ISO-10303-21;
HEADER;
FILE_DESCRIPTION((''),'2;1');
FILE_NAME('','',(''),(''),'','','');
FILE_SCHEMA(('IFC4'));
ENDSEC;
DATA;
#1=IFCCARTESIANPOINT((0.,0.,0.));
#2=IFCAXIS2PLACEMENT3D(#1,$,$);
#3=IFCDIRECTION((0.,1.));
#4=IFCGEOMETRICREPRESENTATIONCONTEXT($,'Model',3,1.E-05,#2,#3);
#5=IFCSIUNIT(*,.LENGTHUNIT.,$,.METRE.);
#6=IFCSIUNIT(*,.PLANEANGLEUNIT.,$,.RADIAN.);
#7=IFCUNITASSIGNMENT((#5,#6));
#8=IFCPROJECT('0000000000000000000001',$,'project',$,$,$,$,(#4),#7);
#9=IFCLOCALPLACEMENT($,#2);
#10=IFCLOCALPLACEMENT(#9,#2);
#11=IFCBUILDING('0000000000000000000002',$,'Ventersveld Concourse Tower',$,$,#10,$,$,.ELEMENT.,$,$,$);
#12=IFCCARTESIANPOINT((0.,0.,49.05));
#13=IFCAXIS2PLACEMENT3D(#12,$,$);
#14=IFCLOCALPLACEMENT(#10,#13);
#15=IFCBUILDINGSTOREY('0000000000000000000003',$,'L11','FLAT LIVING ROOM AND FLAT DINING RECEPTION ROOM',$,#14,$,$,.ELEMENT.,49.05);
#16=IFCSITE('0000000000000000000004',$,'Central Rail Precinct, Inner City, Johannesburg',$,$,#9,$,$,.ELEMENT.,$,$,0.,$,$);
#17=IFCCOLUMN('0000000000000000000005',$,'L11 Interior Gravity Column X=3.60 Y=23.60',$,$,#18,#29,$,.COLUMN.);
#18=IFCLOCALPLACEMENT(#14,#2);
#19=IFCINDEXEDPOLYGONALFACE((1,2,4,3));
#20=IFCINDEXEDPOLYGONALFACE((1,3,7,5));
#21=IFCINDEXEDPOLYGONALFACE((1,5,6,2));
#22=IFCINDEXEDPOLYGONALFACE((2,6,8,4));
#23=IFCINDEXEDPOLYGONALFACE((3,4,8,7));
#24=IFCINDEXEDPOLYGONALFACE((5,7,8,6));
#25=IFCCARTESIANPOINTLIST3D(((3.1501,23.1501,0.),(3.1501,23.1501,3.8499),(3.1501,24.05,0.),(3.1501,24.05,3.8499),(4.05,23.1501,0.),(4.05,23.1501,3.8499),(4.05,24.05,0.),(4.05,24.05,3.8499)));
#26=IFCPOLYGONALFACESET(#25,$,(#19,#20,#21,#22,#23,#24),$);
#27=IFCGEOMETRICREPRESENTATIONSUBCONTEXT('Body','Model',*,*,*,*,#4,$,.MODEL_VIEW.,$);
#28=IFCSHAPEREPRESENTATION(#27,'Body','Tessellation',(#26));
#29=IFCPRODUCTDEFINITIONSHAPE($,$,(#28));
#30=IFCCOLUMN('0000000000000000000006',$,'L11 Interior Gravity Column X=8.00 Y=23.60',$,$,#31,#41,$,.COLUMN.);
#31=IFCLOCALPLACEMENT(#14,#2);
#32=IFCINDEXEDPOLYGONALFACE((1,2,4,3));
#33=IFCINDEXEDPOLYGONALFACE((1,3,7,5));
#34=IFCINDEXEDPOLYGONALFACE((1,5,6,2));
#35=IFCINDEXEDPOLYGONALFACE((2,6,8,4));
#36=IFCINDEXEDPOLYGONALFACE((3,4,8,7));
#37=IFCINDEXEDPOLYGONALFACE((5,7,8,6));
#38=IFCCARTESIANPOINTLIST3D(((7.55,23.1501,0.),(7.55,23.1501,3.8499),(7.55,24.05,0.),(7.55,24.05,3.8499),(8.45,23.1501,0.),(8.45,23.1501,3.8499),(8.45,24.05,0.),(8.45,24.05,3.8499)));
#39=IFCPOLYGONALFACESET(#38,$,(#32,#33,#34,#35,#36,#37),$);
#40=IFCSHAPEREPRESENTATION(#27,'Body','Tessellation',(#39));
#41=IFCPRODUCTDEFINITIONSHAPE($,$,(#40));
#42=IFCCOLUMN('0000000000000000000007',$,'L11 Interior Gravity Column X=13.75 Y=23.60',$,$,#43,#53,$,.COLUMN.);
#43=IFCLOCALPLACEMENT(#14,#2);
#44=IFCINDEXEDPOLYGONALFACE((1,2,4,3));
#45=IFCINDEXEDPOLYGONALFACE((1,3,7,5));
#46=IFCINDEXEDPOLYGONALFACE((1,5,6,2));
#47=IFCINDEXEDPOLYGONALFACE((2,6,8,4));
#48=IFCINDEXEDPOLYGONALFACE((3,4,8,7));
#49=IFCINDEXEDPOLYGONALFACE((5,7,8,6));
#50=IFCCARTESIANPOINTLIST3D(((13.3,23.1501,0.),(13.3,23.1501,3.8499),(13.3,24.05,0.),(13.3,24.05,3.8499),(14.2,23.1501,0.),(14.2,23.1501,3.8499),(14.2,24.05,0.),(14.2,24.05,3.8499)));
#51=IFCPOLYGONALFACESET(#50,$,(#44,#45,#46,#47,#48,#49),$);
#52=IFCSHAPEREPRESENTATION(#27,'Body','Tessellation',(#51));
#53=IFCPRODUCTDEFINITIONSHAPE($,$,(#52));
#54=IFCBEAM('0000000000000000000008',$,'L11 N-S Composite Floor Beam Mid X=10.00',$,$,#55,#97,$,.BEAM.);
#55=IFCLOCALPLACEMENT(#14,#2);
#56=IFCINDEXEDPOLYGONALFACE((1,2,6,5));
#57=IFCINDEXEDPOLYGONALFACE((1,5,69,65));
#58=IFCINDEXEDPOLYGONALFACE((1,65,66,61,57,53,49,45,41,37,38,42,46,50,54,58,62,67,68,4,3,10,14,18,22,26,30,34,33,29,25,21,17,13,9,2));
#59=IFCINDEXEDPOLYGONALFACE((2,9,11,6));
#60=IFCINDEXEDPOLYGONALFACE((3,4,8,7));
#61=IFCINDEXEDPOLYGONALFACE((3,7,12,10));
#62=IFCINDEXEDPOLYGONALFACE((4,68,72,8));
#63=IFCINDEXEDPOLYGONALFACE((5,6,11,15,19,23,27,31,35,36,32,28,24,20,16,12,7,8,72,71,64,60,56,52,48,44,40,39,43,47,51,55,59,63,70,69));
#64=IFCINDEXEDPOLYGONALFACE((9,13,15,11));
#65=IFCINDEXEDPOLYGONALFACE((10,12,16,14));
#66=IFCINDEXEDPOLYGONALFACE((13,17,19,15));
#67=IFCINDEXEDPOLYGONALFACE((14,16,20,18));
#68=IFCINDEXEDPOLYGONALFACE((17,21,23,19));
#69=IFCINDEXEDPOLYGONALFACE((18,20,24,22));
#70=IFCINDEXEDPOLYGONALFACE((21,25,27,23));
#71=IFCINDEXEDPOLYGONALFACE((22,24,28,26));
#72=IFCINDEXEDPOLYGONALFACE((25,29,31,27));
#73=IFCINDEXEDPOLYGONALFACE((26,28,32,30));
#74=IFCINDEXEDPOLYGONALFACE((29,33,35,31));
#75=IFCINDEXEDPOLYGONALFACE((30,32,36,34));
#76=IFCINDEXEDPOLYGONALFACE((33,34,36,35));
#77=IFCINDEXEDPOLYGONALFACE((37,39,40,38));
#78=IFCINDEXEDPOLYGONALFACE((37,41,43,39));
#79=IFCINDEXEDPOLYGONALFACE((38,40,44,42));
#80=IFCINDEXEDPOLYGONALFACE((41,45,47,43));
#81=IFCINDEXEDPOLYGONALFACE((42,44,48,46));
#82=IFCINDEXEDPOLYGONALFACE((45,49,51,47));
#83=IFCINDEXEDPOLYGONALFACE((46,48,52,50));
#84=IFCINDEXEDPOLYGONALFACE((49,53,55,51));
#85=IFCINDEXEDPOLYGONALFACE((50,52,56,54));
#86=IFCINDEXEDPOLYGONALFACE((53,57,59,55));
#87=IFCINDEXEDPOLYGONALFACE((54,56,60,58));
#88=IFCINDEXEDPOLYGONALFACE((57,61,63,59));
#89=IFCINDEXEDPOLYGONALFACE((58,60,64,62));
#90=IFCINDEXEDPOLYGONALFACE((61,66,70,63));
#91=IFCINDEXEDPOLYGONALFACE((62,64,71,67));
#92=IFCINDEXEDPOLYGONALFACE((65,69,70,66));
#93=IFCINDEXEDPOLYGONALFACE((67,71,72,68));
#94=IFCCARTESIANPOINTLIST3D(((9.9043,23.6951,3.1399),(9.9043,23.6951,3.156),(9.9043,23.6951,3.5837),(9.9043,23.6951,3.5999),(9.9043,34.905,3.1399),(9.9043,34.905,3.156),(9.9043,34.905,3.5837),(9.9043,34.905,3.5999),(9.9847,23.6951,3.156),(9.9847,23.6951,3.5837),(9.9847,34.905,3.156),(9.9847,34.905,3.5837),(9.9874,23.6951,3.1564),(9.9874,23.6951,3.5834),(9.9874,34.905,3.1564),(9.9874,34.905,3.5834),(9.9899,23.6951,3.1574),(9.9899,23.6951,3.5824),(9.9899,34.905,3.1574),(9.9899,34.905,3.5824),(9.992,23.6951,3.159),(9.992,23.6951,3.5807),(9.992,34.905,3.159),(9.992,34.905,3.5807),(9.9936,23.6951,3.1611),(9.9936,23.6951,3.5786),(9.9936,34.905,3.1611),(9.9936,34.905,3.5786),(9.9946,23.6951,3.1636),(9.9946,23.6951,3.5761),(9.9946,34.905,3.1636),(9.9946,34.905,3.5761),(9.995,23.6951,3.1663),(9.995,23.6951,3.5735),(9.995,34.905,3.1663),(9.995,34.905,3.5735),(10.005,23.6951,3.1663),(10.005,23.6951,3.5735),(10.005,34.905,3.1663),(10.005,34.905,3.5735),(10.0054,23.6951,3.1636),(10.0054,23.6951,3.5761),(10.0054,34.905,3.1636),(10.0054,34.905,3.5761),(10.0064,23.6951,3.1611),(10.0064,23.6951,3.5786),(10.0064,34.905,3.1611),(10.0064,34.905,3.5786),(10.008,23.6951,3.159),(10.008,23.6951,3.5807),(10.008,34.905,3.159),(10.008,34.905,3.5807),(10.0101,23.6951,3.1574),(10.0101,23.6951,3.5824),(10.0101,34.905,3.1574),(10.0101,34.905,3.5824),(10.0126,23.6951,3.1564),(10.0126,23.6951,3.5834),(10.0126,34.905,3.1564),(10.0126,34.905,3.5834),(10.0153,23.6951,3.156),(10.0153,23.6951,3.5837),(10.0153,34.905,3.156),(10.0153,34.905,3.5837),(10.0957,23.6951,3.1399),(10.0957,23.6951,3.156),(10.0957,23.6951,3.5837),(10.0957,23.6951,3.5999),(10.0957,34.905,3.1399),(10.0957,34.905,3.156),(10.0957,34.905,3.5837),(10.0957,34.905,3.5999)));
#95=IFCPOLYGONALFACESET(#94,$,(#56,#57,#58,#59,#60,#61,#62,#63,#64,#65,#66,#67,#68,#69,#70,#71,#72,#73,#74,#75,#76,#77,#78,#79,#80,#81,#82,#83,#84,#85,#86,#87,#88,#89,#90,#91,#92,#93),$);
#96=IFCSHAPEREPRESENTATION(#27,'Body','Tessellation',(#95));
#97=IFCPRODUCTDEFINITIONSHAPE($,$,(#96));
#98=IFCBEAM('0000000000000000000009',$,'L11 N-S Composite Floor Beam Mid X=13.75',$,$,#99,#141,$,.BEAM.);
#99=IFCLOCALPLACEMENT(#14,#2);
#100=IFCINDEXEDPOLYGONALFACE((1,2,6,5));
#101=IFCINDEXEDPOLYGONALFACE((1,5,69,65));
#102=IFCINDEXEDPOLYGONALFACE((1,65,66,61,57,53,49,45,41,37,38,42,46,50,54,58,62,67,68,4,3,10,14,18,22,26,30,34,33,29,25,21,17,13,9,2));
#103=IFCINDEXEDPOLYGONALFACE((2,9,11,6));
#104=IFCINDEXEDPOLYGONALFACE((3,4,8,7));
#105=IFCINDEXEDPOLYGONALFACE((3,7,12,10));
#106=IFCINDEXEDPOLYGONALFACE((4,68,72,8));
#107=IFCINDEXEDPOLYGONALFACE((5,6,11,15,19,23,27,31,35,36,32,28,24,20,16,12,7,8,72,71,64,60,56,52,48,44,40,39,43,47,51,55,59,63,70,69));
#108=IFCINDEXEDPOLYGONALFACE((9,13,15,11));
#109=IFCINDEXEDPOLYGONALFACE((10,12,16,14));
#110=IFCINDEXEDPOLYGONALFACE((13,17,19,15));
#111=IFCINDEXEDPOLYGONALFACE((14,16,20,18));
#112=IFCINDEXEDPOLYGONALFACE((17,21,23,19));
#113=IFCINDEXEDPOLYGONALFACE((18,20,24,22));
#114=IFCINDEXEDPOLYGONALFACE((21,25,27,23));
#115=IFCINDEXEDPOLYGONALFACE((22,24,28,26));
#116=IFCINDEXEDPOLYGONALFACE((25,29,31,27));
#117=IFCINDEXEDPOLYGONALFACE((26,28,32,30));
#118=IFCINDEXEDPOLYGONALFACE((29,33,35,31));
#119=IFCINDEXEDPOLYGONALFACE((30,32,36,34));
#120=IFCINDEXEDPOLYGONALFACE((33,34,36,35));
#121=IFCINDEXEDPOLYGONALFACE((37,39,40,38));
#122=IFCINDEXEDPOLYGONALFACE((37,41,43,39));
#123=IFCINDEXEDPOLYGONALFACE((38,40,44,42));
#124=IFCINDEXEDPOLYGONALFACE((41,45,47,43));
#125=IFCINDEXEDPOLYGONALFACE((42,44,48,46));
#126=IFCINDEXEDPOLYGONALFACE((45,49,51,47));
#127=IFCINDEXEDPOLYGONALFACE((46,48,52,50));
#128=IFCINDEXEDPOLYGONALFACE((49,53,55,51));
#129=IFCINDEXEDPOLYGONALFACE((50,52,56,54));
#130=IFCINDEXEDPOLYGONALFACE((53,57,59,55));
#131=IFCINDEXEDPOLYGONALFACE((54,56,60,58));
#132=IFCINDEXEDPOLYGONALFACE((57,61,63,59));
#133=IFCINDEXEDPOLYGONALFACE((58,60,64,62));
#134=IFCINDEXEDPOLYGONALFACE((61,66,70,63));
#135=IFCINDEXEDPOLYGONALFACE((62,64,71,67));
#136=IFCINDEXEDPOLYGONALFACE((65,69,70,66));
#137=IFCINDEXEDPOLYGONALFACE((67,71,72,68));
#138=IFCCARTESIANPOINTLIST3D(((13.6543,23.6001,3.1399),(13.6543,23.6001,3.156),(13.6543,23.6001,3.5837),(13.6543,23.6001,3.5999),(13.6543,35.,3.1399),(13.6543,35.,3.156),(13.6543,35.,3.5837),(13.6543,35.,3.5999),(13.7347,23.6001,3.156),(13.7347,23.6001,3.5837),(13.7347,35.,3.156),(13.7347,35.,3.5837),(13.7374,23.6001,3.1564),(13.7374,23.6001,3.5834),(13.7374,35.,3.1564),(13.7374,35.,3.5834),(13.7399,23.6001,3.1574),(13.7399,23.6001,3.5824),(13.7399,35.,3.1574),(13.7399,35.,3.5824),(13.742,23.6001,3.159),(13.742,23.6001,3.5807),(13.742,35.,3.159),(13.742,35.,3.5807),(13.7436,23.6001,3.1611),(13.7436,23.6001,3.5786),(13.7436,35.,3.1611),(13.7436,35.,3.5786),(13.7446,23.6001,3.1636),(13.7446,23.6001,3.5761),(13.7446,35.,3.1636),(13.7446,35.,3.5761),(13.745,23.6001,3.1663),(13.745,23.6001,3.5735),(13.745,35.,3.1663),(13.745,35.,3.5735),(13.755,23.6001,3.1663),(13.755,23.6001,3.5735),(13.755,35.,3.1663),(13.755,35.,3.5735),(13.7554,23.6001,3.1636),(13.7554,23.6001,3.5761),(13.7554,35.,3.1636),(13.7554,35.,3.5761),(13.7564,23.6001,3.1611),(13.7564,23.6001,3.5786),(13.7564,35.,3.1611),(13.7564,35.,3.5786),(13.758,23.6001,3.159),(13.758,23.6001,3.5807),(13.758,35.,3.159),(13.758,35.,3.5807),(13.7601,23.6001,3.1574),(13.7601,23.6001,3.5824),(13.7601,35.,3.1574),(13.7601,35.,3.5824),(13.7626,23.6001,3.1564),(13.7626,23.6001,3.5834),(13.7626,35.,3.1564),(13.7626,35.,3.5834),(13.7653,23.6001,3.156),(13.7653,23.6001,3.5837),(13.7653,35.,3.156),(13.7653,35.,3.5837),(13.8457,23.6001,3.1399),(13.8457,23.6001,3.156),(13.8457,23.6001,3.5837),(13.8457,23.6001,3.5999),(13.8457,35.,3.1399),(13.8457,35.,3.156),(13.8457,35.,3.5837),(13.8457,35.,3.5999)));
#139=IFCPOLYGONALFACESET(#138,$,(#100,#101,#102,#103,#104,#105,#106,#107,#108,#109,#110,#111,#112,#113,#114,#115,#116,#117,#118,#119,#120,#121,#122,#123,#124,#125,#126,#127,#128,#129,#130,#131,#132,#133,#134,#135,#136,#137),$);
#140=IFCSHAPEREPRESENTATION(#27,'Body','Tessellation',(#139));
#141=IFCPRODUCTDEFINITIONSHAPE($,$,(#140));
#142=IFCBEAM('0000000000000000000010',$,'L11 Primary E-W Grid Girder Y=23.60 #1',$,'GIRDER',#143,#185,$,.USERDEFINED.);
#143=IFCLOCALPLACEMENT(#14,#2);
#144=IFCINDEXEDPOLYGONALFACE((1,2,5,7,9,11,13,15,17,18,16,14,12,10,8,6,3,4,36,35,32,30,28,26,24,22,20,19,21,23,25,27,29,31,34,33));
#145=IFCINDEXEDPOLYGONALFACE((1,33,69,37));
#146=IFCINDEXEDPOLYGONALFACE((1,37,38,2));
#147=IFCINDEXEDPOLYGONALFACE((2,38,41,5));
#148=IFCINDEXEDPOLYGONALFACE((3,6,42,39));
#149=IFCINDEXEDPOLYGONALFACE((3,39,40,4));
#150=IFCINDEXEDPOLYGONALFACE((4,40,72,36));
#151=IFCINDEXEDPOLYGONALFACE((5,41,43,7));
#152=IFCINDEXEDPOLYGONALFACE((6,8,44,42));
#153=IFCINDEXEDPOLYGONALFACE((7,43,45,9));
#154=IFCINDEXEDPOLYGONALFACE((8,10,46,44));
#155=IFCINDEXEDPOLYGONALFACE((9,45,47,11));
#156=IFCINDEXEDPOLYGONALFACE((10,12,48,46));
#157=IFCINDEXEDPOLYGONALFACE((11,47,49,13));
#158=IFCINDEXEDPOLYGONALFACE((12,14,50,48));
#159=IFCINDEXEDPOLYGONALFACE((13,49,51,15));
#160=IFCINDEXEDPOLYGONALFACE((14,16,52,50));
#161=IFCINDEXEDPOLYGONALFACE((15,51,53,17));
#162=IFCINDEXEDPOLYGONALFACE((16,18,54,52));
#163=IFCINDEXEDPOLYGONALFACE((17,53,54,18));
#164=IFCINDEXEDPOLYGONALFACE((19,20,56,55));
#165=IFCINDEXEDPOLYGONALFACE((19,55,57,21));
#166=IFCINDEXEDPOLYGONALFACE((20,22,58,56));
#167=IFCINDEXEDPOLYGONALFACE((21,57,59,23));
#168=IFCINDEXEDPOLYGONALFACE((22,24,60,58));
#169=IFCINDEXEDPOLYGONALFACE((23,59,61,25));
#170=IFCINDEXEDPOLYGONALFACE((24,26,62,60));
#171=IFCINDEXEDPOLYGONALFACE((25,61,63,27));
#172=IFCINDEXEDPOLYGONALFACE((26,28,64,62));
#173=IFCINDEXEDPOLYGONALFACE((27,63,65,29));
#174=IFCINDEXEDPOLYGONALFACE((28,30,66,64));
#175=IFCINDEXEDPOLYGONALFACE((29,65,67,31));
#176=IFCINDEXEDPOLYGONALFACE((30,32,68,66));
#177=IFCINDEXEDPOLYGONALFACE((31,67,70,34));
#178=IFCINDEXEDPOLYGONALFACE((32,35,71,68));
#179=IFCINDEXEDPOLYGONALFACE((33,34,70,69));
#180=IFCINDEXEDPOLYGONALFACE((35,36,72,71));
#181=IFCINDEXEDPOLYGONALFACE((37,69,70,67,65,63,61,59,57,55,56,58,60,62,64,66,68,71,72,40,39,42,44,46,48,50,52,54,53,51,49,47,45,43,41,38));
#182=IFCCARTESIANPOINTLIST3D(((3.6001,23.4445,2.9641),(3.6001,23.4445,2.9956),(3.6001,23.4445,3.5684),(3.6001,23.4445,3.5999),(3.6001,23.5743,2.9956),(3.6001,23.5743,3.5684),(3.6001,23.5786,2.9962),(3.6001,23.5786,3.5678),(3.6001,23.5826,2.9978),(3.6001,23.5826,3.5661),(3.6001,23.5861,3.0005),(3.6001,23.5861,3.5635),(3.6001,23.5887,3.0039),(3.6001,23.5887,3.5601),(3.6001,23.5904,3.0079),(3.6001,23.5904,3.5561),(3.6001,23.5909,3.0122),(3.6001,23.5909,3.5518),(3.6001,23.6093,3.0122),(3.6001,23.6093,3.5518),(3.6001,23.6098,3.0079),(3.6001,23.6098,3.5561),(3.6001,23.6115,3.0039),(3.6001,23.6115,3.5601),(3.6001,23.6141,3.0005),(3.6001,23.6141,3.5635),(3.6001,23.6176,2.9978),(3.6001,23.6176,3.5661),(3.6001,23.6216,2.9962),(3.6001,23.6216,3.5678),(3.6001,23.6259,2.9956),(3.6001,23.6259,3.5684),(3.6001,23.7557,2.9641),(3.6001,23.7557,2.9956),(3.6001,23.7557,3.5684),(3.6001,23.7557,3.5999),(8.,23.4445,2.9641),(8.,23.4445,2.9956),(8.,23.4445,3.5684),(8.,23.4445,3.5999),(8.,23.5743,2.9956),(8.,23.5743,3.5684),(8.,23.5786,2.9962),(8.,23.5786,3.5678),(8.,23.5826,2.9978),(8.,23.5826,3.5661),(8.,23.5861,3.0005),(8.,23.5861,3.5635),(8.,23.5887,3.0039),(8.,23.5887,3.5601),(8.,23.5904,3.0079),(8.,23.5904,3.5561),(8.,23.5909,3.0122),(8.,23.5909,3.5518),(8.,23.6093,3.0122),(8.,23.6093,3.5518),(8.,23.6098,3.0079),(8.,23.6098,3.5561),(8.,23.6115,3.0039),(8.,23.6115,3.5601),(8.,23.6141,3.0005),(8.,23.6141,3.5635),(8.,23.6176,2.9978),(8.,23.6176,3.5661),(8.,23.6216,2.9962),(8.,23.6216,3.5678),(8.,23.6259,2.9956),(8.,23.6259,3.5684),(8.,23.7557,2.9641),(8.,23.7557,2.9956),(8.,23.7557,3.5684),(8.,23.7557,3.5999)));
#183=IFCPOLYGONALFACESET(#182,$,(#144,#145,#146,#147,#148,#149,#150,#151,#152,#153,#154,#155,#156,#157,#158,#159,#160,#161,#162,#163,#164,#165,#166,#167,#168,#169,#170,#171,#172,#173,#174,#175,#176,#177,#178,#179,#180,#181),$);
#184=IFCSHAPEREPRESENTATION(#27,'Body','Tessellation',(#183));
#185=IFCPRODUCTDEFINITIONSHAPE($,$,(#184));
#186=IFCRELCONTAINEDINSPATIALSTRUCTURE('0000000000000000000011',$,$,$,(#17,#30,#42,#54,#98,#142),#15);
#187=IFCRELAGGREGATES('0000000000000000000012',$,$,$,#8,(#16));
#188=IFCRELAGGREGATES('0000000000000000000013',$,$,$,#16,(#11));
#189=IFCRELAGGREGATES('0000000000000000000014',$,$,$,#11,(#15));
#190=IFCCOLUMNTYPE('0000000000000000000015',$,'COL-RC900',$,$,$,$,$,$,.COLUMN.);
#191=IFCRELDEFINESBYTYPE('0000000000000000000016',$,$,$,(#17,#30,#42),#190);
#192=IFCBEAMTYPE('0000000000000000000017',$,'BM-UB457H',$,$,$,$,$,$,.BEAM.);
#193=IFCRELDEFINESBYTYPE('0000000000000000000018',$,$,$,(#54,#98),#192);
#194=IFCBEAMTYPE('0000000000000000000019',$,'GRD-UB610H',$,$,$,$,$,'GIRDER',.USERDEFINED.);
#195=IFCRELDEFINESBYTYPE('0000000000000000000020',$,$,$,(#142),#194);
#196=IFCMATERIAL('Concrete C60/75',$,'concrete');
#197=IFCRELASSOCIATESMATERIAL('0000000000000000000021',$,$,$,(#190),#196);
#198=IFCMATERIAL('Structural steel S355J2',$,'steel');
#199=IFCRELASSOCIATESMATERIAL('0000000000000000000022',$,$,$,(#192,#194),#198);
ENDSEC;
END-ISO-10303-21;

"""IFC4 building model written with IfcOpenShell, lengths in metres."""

from ifc_helpers import new_model, si_unit, direction, frame, origin, origin_2d, place, context, subcontext, project, spatial, rectangle, i_section, extrude, material, material_profile, profile_set, type_object, element, save


model = new_model("IFC4")

# Units and contexts
model_context = context("Model", 3, precision=1e-05, world=origin(), true_north=direction((0.0, 1.0)))
body_context = subcontext(model_context, "Body", "Model", "MODEL_VIEW")
ifc_project = project(units=[si_unit("LENGTHUNIT", "METRE"), si_unit("PLANEANGLEUNIT", "RADIAN")], contexts=[model_context])

# Site, building, storey
site_placement = place(None, origin())
site = spatial("IfcSite", under=ifc_project, at=site_placement, Name="Central Rail Precinct, Inner City, Johannesburg", CompositionType="ELEMENT", RefElevation=0.0)
building_placement = place(site_placement, origin())
building = spatial("IfcBuilding", under=site, at=building_placement, Name="Ventersveld Concourse Tower", CompositionType="ELEMENT")
storey_placement = place(building_placement, frame((0.0, 0.0, 49.05)))
storey = spatial("IfcBuildingStorey", under=building, at=storey_placement, Name="L11", Description="FLAT LIVING ROOM AND FLAT DINING RECEPTION ROOM", CompositionType="ELEMENT", Elevation=49.05)

# Columns
ifc_material_1 = material(Name="Concrete C60/75", Category="concrete")
ifc_material_profile_1 = material_profile(ifc_material_1, rectangle(XDim=0.8999, YDim=0.8999, at=origin_2d()), Name="RC 900x900")
ifc_profile_set_1 = profile_set([ifc_material_profile_1], Name="Concrete C60/75")
column_type = type_object("IfcColumnType", Name="COL-RC900", PredefinedType="COLUMN", material=ifc_profile_set_1)
for number, where, z_axis, x_axis, name in (
    (1, (3.6001, 23.6001, 0.0), (0.0, 0.0, 1.0), (1.0, 0.0, 0.0), "L11 Interior Gravity Column X=3.60 Y=23.60"),
    (2, (8.0, 23.6001, 0.0), (0.0, 0.0, 1.0), (1.0, 0.0, 0.0), "L11 Interior Gravity Column X=8.00 Y=23.60"),
    (3, (13.75, 23.6001, 0.0), (0.0, 0.0, 1.0), (1.0, 0.0, 0.0), "L11 Interior Gravity Column X=13.75 Y=23.60"),
):
    element("IfcColumn", number, at=place(storey_placement, frame(where, z_axis=z_axis, x_axis=x_axis)), inside=storey, type_object=column_type, Name=name, PredefinedType="COLUMN", context=body_context, shape_type="SweptSolid", body=[
        extrude(rectangle(XDim=0.8999, YDim=0.8999, at=origin_2d()), origin(), (0.0, 0.0, 1.0), 3.8499),
    ])

# Beams
ifc_material_2 = material(Name="Structural steel S355J2", Category="steel")
ifc_material_profile_2 = material_profile(ifc_material_2, i_section(OverallWidth=0.1914, OverallDepth=0.46, WebThickness=0.01, FlangeThickness=0.0161, FilletRadius=0.0103, at=origin_2d()), Name="UB 457x191x82")
ifc_profile_set_2 = profile_set([ifc_material_profile_2], Name="Structural steel S355J2")
beam_type_1 = type_object("IfcBeamType", Name="BM-UB457H", PredefinedType="BEAM", material=ifc_profile_set_2)
beam_1_placement = place(storey_placement, frame((10.0, 23.6951, 3.3699), z_axis=(0.0, 1.0, 0.0), x_axis=(-1.0, 0.0, 0.0)))
element("IfcBeam", 4, at=beam_1_placement, inside=storey, type_object=beam_type_1, Name="L11 N-S Composite Floor Beam Mid X=10.00", PredefinedType="BEAM", context=body_context, shape_type="SweptSolid", body=[
    extrude(i_section(OverallWidth=0.1914, OverallDepth=0.46, WebThickness=0.01, FlangeThickness=0.0161, FilletRadius=0.0103, at=origin_2d()), origin(), (0.0, 0.0, 1.0), 11.21),
])
beam_2_placement = place(storey_placement, frame((13.75, 23.6001, 3.3699), z_axis=(0.0, 1.0, 0.0), x_axis=(-1.0, 0.0, 0.0)))
element("IfcBeam", 5, at=beam_2_placement, inside=storey, type_object=beam_type_1, Name="L11 N-S Composite Floor Beam Mid X=13.75", PredefinedType="BEAM", context=body_context, shape_type="SweptSolid", body=[
    extrude(i_section(OverallWidth=0.1914, OverallDepth=0.46, WebThickness=0.01, FlangeThickness=0.0161, FilletRadius=0.0103, at=origin_2d()), origin(), (0.0, 0.0, 1.0), 11.3999),
])
ifc_material_profile_3 = material_profile(ifc_material_2, i_section(OverallWidth=0.3113, OverallDepth=0.6357, WebThickness=0.0183, FlangeThickness=0.0315, FilletRadius=0.0166, at=origin_2d()), Name="UB 610x305x238")
ifc_profile_set_3 = profile_set([ifc_material_profile_3], Name="Structural steel S355J2")
beam_type_2 = type_object("IfcBeamType", Name="GRD-UB610H", ElementType="GIRDER", PredefinedType="USERDEFINED", material=ifc_profile_set_3)
beam_3_placement = place(storey_placement, frame((3.6001, 23.6001, 3.282), z_axis=(1.0, 0.0, 0.0), x_axis=(0.0, 1.0, 0.0)))
element("IfcBeam", 6, at=beam_3_placement, inside=storey, type_object=beam_type_2, Name="L11 Primary E-W Grid Girder Y=23.60 #1", ObjectType="GIRDER", PredefinedType="USERDEFINED", context=body_context, shape_type="SweptSolid", body=[
    extrude(i_section(OverallWidth=0.3113, OverallDepth=0.6357, WebThickness=0.0183, FlangeThickness=0.0315, FilletRadius=0.0166, at=origin_2d()), origin(), (0.0, 0.0, 1.0), 4.3999),
])

save(model, "model.ifc")
